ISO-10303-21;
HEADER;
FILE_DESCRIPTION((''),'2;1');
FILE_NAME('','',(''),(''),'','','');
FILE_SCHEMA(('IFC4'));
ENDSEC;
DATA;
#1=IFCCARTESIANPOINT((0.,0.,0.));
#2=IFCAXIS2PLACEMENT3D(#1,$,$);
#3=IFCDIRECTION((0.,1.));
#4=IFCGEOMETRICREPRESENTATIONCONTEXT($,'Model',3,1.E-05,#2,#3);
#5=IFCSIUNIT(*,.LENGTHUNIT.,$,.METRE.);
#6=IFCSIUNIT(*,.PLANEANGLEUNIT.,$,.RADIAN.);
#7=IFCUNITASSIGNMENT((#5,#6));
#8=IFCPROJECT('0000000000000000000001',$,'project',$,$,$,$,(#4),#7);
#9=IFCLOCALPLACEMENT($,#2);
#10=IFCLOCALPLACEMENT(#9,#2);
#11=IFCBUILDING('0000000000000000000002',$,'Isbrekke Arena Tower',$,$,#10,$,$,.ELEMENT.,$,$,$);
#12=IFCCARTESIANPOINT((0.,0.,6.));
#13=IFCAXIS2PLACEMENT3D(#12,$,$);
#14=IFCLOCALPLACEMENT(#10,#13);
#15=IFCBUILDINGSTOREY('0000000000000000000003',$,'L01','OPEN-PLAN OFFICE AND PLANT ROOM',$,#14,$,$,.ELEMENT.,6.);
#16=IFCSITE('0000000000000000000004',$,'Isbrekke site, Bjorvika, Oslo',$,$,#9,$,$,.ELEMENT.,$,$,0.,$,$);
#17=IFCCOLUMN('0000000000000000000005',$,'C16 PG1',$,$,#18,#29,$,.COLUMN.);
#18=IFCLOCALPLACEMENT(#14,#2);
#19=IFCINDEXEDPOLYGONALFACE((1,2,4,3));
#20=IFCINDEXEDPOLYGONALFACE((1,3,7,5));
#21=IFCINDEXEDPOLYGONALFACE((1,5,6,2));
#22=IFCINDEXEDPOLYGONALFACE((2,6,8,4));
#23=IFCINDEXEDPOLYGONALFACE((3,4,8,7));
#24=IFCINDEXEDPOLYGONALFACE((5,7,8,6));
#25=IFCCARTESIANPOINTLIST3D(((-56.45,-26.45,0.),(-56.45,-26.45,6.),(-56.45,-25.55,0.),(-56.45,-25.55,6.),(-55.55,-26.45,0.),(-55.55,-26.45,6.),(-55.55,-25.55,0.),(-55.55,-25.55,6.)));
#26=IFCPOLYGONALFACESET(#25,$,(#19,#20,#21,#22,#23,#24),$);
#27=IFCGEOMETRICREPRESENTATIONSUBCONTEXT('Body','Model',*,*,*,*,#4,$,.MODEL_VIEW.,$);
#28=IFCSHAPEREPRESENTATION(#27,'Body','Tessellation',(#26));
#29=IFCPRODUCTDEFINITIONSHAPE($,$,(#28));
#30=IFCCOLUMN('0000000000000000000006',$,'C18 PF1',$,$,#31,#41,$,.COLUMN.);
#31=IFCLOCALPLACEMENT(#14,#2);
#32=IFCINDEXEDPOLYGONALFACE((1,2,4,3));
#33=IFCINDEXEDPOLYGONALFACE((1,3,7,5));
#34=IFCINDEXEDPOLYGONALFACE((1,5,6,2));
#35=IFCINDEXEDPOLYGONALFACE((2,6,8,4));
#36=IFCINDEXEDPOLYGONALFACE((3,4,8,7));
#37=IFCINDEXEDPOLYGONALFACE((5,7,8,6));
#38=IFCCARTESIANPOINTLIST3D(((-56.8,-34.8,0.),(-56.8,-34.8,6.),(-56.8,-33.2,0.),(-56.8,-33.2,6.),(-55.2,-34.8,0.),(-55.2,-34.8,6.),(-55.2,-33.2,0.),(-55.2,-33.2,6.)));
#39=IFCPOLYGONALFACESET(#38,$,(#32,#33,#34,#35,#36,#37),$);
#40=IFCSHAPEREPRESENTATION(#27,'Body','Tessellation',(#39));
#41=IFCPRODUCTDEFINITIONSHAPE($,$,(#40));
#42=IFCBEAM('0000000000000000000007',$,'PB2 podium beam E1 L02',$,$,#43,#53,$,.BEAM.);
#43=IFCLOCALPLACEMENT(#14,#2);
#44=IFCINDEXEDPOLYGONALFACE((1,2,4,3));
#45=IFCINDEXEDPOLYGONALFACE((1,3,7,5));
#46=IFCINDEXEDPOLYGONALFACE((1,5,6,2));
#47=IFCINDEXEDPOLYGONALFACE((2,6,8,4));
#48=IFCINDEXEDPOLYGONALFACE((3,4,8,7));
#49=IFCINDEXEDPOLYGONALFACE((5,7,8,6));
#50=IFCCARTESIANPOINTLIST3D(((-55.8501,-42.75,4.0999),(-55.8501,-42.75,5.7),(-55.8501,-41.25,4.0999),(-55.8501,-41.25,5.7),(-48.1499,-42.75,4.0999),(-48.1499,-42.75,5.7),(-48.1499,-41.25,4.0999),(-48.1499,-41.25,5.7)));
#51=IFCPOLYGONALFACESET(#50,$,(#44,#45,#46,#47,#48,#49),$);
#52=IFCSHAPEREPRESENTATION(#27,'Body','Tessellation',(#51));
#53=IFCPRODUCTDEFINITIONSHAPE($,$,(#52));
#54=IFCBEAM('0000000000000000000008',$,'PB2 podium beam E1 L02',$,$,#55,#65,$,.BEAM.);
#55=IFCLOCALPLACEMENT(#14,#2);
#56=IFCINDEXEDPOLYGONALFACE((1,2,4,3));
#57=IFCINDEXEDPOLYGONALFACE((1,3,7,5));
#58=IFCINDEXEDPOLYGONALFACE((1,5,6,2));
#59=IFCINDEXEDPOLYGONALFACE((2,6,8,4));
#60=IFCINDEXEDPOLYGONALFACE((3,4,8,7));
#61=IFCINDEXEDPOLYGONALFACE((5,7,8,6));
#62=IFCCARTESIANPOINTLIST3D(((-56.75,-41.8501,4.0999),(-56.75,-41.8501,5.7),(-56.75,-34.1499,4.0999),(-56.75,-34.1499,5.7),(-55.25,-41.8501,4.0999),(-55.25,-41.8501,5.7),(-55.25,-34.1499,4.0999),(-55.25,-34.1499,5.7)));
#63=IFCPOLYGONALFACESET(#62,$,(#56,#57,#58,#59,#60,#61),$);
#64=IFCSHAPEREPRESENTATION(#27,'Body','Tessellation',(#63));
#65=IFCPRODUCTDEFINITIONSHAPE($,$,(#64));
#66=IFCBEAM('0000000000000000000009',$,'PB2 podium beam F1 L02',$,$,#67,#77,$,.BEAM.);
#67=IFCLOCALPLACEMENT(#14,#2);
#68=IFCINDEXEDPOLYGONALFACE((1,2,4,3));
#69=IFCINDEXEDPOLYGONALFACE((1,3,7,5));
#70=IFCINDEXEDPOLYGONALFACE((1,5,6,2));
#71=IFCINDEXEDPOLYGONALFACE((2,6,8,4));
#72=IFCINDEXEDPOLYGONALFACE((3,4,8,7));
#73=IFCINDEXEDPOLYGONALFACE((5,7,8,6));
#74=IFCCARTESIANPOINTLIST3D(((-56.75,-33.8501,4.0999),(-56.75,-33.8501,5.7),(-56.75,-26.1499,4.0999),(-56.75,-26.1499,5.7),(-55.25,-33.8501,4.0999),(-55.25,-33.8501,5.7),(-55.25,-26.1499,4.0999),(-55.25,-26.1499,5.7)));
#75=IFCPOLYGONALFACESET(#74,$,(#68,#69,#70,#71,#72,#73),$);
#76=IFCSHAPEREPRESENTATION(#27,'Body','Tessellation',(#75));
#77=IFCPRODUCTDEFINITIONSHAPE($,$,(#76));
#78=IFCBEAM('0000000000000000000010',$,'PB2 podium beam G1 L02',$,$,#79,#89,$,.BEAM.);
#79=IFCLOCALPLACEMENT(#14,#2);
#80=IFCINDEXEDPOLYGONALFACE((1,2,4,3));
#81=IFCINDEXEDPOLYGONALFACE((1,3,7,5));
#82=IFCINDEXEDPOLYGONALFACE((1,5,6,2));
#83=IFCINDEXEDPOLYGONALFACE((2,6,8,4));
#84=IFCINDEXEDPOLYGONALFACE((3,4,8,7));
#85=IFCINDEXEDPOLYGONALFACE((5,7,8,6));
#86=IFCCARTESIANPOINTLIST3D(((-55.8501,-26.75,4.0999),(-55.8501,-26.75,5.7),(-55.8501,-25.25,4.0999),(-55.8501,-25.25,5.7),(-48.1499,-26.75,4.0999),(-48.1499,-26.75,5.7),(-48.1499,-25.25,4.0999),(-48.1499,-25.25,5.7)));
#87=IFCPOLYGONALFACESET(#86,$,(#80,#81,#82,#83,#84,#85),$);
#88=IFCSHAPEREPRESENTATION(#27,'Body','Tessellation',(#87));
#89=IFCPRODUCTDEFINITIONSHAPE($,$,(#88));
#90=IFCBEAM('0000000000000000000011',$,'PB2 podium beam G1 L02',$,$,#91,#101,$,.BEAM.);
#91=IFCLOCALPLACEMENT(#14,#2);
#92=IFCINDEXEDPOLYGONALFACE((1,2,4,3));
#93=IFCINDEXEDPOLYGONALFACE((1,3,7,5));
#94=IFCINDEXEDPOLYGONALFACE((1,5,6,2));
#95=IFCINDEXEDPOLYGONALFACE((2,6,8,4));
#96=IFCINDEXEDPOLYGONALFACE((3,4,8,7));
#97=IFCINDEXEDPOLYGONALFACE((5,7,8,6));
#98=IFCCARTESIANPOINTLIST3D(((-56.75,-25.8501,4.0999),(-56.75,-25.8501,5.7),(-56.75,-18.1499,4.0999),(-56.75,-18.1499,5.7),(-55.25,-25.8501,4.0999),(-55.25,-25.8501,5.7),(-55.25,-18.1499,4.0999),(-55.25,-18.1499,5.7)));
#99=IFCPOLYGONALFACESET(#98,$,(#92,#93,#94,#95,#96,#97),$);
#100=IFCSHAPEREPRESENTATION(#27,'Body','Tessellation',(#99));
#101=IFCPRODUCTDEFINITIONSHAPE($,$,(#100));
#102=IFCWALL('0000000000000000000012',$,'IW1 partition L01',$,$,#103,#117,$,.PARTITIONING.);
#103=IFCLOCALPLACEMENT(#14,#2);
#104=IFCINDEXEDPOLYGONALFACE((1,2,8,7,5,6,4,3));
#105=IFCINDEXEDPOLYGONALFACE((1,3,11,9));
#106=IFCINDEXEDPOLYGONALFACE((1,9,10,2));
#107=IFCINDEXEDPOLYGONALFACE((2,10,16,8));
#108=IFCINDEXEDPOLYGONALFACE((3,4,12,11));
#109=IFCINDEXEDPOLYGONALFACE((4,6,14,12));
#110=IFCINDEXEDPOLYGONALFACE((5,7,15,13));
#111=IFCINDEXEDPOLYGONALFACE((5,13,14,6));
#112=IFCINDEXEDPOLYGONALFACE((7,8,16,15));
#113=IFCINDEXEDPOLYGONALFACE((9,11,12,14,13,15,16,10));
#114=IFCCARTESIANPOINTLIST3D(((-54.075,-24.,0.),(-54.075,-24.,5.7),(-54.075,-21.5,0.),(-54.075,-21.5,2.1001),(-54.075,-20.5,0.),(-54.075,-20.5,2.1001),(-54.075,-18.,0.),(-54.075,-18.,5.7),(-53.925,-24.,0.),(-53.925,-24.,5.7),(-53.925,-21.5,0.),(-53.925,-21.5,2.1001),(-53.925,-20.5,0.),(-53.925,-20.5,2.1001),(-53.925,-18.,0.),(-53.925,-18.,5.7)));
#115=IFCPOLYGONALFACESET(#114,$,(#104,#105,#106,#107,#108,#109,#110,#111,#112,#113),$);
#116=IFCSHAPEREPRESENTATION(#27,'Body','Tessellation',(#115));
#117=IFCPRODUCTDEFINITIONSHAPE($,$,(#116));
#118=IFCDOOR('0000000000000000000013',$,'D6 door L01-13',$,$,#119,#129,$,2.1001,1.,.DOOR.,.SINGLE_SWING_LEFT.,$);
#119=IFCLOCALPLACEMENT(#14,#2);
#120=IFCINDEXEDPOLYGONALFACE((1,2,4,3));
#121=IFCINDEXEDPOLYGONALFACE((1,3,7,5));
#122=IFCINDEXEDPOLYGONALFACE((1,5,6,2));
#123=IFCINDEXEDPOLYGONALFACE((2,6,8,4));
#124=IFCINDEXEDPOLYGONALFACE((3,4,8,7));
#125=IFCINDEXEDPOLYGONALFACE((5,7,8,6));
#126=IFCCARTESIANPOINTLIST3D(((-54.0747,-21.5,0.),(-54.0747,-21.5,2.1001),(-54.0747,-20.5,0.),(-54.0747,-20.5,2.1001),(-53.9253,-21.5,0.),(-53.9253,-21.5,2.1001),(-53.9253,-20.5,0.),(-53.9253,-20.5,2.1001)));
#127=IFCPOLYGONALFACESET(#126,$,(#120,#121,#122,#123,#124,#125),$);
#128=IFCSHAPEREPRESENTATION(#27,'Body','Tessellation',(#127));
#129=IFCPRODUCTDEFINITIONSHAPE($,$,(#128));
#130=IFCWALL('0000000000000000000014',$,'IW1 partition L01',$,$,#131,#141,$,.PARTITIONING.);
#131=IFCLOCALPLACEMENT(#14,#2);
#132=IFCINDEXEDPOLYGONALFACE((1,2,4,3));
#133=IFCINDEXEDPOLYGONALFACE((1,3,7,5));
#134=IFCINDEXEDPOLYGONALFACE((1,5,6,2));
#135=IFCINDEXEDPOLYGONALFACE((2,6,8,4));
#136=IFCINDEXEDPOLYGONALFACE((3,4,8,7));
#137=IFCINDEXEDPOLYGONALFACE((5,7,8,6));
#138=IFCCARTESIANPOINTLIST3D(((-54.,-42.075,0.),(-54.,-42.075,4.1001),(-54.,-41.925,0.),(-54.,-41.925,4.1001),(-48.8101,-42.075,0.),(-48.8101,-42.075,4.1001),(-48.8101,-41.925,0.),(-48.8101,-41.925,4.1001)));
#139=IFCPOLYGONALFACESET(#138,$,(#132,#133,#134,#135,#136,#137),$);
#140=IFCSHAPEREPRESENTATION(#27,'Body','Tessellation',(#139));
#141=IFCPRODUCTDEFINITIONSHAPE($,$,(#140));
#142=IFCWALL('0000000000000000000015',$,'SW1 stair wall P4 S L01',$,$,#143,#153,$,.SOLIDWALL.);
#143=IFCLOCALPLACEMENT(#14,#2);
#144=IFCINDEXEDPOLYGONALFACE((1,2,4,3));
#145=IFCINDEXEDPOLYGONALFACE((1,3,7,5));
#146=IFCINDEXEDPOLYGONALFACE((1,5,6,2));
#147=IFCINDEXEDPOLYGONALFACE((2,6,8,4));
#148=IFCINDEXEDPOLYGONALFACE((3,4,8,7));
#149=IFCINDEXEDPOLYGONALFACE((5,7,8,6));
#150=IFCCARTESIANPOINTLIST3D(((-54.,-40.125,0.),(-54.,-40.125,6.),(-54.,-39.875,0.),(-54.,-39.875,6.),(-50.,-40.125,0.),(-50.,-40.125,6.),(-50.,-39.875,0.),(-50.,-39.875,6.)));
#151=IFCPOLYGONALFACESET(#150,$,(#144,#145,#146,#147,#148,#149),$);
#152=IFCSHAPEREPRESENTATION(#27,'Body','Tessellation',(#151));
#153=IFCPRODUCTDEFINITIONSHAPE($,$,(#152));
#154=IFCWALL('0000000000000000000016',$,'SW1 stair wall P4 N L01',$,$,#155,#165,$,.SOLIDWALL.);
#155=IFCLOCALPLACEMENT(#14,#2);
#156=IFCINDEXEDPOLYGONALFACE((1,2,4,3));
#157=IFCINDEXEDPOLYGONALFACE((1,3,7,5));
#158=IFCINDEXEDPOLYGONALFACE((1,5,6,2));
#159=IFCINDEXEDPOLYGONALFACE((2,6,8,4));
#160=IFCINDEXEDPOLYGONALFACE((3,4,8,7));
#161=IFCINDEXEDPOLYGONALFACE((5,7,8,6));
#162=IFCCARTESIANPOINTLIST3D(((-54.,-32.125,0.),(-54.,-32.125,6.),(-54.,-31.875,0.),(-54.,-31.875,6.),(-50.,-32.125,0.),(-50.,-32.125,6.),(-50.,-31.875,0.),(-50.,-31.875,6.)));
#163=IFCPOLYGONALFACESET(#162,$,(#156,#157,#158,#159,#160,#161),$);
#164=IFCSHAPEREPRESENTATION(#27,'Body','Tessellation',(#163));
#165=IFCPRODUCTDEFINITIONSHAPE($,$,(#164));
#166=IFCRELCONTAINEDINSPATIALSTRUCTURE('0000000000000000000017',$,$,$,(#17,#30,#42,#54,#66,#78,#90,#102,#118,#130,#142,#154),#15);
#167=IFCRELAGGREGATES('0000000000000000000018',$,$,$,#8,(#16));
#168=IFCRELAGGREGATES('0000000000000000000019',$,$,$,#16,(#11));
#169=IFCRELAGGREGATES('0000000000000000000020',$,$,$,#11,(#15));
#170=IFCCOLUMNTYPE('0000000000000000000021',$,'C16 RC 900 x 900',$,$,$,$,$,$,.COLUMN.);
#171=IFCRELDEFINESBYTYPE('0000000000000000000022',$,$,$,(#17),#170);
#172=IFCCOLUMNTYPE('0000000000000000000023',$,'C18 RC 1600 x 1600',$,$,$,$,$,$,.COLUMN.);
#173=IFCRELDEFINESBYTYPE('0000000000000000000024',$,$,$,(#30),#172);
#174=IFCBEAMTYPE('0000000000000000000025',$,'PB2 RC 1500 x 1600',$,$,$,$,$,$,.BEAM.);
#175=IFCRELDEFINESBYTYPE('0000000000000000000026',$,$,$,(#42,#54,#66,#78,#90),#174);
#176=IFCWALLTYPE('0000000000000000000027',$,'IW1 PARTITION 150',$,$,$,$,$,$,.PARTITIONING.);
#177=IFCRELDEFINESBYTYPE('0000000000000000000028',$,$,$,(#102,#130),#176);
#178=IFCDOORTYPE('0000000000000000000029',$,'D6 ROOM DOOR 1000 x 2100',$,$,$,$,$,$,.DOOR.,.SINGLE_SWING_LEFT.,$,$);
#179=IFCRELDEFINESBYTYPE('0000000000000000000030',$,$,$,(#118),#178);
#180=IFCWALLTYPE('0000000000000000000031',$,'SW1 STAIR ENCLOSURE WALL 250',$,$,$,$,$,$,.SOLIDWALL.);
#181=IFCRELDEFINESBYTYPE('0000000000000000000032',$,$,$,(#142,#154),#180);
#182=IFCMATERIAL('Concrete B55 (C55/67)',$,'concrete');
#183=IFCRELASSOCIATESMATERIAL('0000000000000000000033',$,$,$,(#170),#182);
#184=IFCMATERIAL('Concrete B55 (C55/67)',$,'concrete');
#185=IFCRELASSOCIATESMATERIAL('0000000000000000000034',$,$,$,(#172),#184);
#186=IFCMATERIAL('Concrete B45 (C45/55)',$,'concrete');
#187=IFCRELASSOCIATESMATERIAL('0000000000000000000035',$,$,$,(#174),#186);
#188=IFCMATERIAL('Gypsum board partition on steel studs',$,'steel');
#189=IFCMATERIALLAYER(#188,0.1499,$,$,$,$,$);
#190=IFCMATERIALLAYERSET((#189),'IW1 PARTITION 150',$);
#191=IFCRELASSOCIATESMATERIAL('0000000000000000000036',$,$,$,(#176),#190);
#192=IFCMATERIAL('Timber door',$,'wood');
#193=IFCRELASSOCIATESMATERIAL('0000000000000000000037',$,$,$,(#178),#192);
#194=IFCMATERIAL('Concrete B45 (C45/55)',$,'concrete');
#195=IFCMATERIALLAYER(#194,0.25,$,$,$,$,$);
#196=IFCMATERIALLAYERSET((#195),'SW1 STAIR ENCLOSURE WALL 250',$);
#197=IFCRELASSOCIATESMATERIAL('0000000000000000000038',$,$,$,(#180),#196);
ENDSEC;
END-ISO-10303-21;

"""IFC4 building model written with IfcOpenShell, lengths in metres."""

from ifc_helpers import new_model, si_unit, direction, frame, frame_2d, origin, origin_2d, place, context, subcontext, project, spatial, rectangle, extrude, material, layer, layer_set, material_profile, profile_set, type_object, element, fill, save


model = new_model("IFC4")

# Units and contexts
model_context = context("Model", 3, precision=1e-05, world=origin(), true_north=direction((0.0, 1.0)))
body_context = subcontext(model_context, "Body", "Model", "MODEL_VIEW")
ifc_project = project(units=[si_unit("LENGTHUNIT", "METRE"), si_unit("PLANEANGLEUNIT", "RADIAN")], contexts=[model_context])

# Site, building, storey
site_placement = place(None, origin())
site = spatial("IfcSite", under=ifc_project, at=site_placement, Name="Isbrekke site, Bjorvika, Oslo", CompositionType="ELEMENT", RefElevation=0.0)
building_placement = place(site_placement, origin())
building = spatial("IfcBuilding", under=site, at=building_placement, Name="Isbrekke Arena Tower", CompositionType="ELEMENT")
storey_placement = place(building_placement, frame((0.0, 0.0, 6.0)))
storey = spatial("IfcBuildingStorey", under=building, at=storey_placement, Name="L01", Description="OPEN-PLAN OFFICE AND PLANT ROOM", CompositionType="ELEMENT", Elevation=6.0)

# Columns
ifc_material_1 = material(Name="Concrete B55 (C55/67)", Category="concrete")
ifc_material_profile_1 = material_profile(ifc_material_1, rectangle(XDim=0.8999, YDim=0.8999, at=origin_2d()), Name="RC 900x900")
ifc_profile_set_1 = profile_set([ifc_material_profile_1], Name="Concrete B55 (C55/67)")
column_type_1 = type_object("IfcColumnType", Name="C16 RC 900 x 900", PredefinedType="COLUMN", material=ifc_profile_set_1)
column_1_placement = place(storey_placement, frame((-56.0, -26.0, 0.0), z_axis=(0.0, 0.0, 1.0), x_axis=(1.0, 0.0, 0.0)))
element("IfcColumn", 1, at=column_1_placement, inside=storey, type_object=column_type_1, Name="C16 PG1", PredefinedType="COLUMN", context=body_context, shape_type="SweptSolid", body=[
    extrude(rectangle(XDim=0.8999, YDim=0.8999, at=origin_2d()), origin(), (0.0, 0.0, 1.0), 6.0),
])
ifc_material_2 = material(Name="Concrete B55 (C55/67)", Category="concrete")
ifc_material_profile_2 = material_profile(ifc_material_2, rectangle(XDim=1.6001, YDim=1.6001, at=origin_2d()), Name="RC 1600x1600")
ifc_profile_set_2 = profile_set([ifc_material_profile_2], Name="Concrete B55 (C55/67)")
column_type_2 = type_object("IfcColumnType", Name="C18 RC 1600 x 1600", PredefinedType="COLUMN", material=ifc_profile_set_2)
column_2_placement = place(storey_placement, frame((-56.0, -34.0, 0.0), z_axis=(0.0, 0.0, 1.0), x_axis=(1.0, 0.0, 0.0)))
element("IfcColumn", 2, at=column_2_placement, inside=storey, type_object=column_type_2, Name="C18 PF1", PredefinedType="COLUMN", context=body_context, shape_type="SweptSolid", body=[
    extrude(rectangle(XDim=1.6001, YDim=1.6001, at=origin_2d()), origin(), (0.0, 0.0, 1.0), 6.0),
])

# Beams
ifc_material_3 = material(Name="Concrete B45 (C45/55)", Category="concrete")
ifc_material_profile_3 = material_profile(ifc_material_3, rectangle(XDim=1.5, YDim=1.6001, at=origin_2d()), Name="RC 1500x1600")
ifc_profile_set_3 = profile_set([ifc_material_profile_3], Name="Concrete B45 (C45/55)")
beam_type = type_object("IfcBeamType", Name="PB2 RC 1500 x 1600", PredefinedType="BEAM", material=ifc_profile_set_3)
for number, where, z_axis, x_axis, name in (
    (3, (-55.8501, -42.0, 4.8999), (1.0, 0.0, 0.0), (0.0, 1.0, 0.0), "PB2 podium beam E1 L02"),
    (4, (-56.0, -41.8501, 4.8999), (0.0, 1.0, 0.0), (-1.0, 0.0, 0.0), "PB2 podium beam E1 L02"),
    (5, (-56.0, -33.8501, 4.8999), (0.0, 1.0, 0.0), (-1.0, 0.0, 0.0), "PB2 podium beam F1 L02"),
    (6, (-55.8501, -26.0, 4.8999), (1.0, 0.0, 0.0), (0.0, 1.0, 0.0), "PB2 podium beam G1 L02"),
    (7, (-56.0, -25.8501, 4.8999), (0.0, 1.0, 0.0), (-1.0, 0.0, 0.0), "PB2 podium beam G1 L02"),
):
    element("IfcBeam", number, at=place(storey_placement, frame(where, z_axis=z_axis, x_axis=x_axis)), inside=storey, type_object=beam_type, Name=name, PredefinedType="BEAM", context=body_context, shape_type="SweptSolid", body=[
        extrude(rectangle(XDim=1.5, YDim=1.6001, at=origin_2d()), origin(), (0.0, 0.0, 1.0), 7.7002),
    ])

# Wall, opening, door
ifc_material_4 = material(Name="Gypsum board partition on steel studs", Category="steel")
ifc_layer_1 = layer(ifc_material_4, 0.1499)
ifc_layer_set_1 = layer_set([ifc_layer_1], Name="IW1 PARTITION 150")
wall_type_1 = type_object("IfcWallType", Name="IW1 PARTITION 150", PredefinedType="PARTITIONING", material=ifc_layer_set_1)
wall_1_placement = place(storey_placement, frame((-54.0, -24.0, 0.0), z_axis=(0.0, 0.0, 1.0), x_axis=(0.0, 1.0, 0.0)))
wall_1 = element("IfcWall", 8, at=wall_1_placement, inside=storey, type_object=wall_type_1, Name="IW1 partition L01", PredefinedType="PARTITIONING", context=body_context, shape_type="SweptSolid", body=[
    extrude(rectangle(XDim=6.0, YDim=0.1499, at=frame_2d((3.0, 0.0))), origin(), (0.0, 0.0, 1.0), 5.7),
])
opening_1_placement = place(wall_1_placement, frame((2.5, 0.0, 0.0)))
opening_1 = element("IfcOpeningElement", 9, at=opening_1_placement, cuts=wall_1, PredefinedType="OPENING", context=body_context, shape_type="SweptSolid", body=[
    extrude(rectangle(XDim=1.0, YDim=2.1001, at=frame_2d((0.5, 1.05))), frame((0.0, 0.0898, 0.0), z_axis=(0.0, -1.0, 0.0), x_axis=(1.0, 0.0, 0.0)), (0.0, 0.0, 1.0), 0.1797),
])
ifc_material_5 = material(Name="Timber door", Category="wood")
door_type_1 = type_object("IfcDoorType", Name="D6 ROOM DOOR 1000 x 2100", OperationType="SINGLE_SWING_LEFT", PredefinedType="DOOR", material=ifc_material_5)
door_1_placement = place(opening_1_placement, origin())
door_1 = element("IfcDoor", 10, at=door_1_placement, inside=storey, type_object=door_type_1, Name="D6 door L01-13", OperationType="SINGLE_SWING_LEFT", OverallHeight=2.1001, OverallWidth=1.0, PredefinedType="DOOR", context=body_context, shape_type="SweptSolid", body=[
    extrude(rectangle(XDim=1.0, YDim=2.1001, at=frame_2d((0.5, 1.05))), frame((0.0, 0.0747, 0.0), z_axis=(0.0, -1.0, 0.0), x_axis=(1.0, 0.0, 0.0)), (0.0, 0.0, 1.0), 0.1494),
])
fill(opening_1, door_1)

# Walls
wall_2_placement = place(storey_placement, frame((-54.0, -42.0, 0.0), z_axis=(0.0, 0.0, 1.0), x_axis=(1.0, 0.0, 0.0)))
element("IfcWall", 11, at=wall_2_placement, inside=storey, type_object=wall_type_1, Name="IW1 partition L01", PredefinedType="PARTITIONING", context=body_context, shape_type="SweptSolid", body=[
    extrude(rectangle(XDim=5.1899, YDim=0.1499, at=frame_2d((2.595, 0.0))), origin(), (0.0, 0.0, 1.0), 4.1001),
])
ifc_material_6 = material(Name="Concrete B45 (C45/55)", Category="concrete")
ifc_layer_2 = layer(ifc_material_6, 0.25)
ifc_layer_set_2 = layer_set([ifc_layer_2], Name="SW1 STAIR ENCLOSURE WALL 250")
wall_type_2 = type_object("IfcWallType", Name="SW1 STAIR ENCLOSURE WALL 250", PredefinedType="SOLIDWALL", material=ifc_layer_set_2)
for number, where, z_axis, x_axis, name in (
    (12, (-54.0, -40.0, 0.0), (0.0, 0.0, 1.0), (1.0, 0.0, 0.0), "SW1 stair wall P4 S L01"),
    (13, (-50.0, -32.0, 0.0), (0.0, 0.0, 1.0), (-1.0, 0.0, 0.0), "SW1 stair wall P4 N L01"),
):
    element("IfcWall", number, at=place(storey_placement, frame(where, z_axis=z_axis, x_axis=x_axis)), inside=storey, type_object=wall_type_2, Name=name, PredefinedType="SOLIDWALL", context=body_context, shape_type="SweptSolid", body=[
        extrude(rectangle(XDim=4.0, YDim=0.25, at=frame_2d((2.0, 0.0))), origin(), (0.0, 0.0, 1.0), 6.0),
    ])

save(model, "model.ifc")
